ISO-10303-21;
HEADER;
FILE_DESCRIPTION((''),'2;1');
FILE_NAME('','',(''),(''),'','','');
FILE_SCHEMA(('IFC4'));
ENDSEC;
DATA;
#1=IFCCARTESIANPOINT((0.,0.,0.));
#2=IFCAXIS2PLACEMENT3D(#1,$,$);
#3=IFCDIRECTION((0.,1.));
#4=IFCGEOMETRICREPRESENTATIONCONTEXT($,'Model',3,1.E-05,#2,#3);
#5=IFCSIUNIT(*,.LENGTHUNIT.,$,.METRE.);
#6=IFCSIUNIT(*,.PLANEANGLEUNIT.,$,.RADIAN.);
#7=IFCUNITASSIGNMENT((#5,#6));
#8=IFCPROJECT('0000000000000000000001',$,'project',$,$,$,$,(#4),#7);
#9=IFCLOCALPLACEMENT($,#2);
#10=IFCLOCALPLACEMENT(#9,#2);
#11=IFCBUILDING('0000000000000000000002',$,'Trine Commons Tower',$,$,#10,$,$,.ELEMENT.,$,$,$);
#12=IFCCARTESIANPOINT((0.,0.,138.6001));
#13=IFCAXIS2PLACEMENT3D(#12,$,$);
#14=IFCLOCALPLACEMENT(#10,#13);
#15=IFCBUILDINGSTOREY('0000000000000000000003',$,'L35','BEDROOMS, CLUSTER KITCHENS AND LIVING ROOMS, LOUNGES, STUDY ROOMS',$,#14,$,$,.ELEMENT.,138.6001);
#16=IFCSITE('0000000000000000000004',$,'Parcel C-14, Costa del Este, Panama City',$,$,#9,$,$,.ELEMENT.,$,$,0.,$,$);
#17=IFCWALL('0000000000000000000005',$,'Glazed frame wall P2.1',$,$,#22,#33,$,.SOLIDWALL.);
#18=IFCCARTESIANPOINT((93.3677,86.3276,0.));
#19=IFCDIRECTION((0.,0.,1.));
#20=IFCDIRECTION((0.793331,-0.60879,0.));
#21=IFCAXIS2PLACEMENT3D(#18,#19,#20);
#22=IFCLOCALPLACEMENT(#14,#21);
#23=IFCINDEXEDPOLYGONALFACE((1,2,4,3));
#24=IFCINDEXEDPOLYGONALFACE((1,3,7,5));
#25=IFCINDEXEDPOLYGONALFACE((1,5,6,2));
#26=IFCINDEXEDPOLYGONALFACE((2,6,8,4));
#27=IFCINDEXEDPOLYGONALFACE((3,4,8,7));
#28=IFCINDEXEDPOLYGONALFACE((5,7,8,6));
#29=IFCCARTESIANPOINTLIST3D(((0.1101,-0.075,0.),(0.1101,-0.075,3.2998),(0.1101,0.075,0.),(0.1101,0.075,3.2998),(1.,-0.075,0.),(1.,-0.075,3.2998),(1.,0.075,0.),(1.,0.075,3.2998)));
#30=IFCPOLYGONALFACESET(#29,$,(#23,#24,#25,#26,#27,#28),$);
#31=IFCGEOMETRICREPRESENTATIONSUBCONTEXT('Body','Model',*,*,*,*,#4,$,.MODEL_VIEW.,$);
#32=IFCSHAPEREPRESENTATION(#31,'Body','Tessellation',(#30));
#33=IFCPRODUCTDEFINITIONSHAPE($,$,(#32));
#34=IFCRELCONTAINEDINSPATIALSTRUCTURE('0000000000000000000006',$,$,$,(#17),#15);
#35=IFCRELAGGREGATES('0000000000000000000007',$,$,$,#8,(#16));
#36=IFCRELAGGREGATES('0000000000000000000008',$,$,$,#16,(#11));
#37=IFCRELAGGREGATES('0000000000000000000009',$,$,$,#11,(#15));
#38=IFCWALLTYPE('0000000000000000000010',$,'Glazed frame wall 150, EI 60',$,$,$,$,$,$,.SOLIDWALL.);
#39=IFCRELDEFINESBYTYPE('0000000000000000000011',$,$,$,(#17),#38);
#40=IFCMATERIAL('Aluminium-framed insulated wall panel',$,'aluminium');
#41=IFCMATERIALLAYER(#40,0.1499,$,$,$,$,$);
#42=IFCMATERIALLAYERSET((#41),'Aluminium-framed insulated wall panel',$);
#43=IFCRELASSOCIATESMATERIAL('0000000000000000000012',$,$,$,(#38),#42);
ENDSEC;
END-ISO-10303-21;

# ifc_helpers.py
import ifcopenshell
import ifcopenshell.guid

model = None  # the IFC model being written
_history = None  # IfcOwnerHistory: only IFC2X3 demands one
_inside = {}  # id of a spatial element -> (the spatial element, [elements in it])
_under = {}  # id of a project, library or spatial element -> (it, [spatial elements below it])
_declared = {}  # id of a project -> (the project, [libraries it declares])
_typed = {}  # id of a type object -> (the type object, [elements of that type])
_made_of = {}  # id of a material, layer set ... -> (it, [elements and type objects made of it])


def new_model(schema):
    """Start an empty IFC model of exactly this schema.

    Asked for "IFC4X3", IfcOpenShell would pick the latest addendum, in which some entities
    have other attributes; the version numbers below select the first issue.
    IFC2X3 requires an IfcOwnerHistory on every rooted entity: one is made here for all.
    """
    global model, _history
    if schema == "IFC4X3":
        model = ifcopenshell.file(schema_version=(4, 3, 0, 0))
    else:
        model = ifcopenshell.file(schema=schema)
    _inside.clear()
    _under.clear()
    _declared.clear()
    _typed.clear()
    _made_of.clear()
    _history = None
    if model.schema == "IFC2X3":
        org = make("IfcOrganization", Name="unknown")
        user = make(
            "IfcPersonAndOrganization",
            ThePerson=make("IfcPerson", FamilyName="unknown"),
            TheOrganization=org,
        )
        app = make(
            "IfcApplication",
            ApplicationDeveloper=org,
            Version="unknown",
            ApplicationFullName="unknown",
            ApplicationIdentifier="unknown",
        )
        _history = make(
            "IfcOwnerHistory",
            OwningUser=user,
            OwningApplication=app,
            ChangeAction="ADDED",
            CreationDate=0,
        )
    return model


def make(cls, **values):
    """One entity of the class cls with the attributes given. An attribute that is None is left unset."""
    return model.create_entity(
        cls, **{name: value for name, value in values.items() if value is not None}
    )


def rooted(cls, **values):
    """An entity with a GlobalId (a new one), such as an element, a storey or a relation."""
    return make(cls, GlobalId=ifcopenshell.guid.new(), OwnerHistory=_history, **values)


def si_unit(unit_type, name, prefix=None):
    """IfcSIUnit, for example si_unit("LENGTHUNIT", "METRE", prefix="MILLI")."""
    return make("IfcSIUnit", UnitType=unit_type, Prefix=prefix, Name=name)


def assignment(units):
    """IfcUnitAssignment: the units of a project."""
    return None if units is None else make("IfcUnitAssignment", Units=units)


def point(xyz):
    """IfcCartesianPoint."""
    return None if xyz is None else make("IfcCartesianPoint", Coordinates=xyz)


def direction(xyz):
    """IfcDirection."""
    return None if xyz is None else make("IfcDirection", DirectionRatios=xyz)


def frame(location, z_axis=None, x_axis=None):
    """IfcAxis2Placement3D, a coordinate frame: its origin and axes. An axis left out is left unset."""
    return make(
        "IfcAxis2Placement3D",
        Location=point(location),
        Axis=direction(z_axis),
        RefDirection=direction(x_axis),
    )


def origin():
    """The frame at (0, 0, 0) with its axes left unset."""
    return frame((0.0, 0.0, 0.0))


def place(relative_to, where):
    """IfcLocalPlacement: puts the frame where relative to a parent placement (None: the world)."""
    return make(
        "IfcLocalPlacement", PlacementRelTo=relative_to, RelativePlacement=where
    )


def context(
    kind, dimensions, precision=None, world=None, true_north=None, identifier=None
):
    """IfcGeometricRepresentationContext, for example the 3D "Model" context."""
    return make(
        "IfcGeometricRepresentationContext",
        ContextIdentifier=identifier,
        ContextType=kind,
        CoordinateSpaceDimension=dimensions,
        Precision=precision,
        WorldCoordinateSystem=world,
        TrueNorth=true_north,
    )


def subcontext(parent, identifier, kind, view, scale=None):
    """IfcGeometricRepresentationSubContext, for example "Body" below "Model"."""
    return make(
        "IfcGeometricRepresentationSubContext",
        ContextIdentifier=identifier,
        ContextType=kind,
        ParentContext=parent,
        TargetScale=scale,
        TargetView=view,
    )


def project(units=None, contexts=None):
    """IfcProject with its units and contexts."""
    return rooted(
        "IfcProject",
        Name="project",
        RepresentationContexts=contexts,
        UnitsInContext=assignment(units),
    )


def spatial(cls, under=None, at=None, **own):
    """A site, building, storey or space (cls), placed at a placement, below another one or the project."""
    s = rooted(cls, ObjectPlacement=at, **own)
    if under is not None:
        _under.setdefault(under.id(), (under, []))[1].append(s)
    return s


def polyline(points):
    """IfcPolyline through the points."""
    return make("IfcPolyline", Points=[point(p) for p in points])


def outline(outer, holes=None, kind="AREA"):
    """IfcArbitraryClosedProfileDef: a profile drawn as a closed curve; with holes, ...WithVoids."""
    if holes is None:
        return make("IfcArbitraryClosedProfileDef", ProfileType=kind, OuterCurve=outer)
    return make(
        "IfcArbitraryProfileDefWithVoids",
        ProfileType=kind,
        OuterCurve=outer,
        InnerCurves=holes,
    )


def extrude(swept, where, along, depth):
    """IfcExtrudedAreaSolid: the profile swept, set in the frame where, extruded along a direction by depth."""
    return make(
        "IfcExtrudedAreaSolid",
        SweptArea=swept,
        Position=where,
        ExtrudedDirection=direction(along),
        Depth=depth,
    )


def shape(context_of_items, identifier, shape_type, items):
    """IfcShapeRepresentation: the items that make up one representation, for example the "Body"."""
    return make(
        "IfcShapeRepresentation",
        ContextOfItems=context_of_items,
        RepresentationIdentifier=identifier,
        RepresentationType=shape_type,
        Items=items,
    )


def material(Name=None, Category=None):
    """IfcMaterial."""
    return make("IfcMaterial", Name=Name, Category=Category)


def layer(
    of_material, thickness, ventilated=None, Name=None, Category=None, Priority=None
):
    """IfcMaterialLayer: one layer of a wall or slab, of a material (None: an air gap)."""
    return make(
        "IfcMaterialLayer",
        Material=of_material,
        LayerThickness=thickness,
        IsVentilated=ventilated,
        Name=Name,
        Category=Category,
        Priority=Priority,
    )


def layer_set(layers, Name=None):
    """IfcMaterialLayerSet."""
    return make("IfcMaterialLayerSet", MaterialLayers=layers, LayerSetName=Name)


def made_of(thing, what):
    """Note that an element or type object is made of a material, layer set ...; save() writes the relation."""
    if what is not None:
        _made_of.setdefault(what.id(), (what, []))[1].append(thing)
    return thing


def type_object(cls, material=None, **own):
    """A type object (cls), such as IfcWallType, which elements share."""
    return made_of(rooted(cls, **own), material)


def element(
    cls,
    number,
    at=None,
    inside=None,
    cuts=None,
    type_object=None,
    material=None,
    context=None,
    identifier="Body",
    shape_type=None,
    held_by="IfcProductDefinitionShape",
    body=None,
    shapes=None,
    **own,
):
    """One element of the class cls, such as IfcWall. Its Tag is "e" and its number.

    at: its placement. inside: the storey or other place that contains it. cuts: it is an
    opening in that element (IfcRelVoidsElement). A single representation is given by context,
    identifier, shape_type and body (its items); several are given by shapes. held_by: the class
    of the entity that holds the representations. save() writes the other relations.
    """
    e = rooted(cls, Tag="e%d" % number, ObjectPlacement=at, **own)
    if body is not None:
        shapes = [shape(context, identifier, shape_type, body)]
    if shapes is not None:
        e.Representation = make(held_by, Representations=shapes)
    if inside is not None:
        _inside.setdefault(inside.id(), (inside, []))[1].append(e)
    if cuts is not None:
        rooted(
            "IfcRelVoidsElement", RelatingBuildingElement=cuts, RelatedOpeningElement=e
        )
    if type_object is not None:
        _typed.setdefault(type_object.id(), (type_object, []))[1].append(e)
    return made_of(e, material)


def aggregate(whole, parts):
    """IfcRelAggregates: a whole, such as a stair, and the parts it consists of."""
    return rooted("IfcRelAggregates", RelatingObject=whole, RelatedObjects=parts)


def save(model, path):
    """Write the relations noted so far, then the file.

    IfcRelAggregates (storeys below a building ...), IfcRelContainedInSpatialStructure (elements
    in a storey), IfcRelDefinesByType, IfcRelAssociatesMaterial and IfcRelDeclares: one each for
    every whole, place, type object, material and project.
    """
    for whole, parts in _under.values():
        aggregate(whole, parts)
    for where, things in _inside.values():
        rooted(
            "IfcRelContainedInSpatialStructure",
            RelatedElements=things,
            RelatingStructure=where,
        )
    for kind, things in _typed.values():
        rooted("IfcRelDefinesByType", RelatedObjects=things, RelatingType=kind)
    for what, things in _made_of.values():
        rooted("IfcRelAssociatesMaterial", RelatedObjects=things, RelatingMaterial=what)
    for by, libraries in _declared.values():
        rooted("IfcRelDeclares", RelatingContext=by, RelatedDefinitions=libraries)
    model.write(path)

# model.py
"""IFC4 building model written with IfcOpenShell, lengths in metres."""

from ifc_helpers import new_model, si_unit, direction, frame, origin, place, context, subcontext, project, spatial, polyline, outline, extrude, material, layer, layer_set, type_object, element, save


model = new_model("IFC4")

# Units and contexts
model_context = context("Model", 3, precision=1e-05, world=origin(), true_north=direction((0.0, 1.0)))
body_context = subcontext(model_context, "Body", "Model", "MODEL_VIEW")
ifc_project = project(units=[si_unit("LENGTHUNIT", "METRE"), si_unit("PLANEANGLEUNIT", "RADIAN")], contexts=[model_context])

# Site, building, storey
site_placement = place(None, origin())
site = spatial("IfcSite", under=ifc_project, at=site_placement, Name="Parcel C-14, Costa del Este, Panama City", CompositionType="ELEMENT", RefElevation=0.0)
building_placement = place(site_placement, origin())
building = spatial("IfcBuilding", under=site, at=building_placement, Name="Trine Commons Tower", CompositionType="ELEMENT")
storey_placement = place(building_placement, frame((0.0, 0.0, 138.6001)))
storey = spatial("IfcBuildingStorey", under=building, at=storey_placement, Name="L35", Description="BEDROOMS, CLUSTER KITCHENS AND LIVING ROOMS, LOUNGES, STUDY ROOMS", CompositionType="ELEMENT", Elevation=138.6001)

# Wall
ifc_material_1 = material(Name="Aluminium-framed insulated wall panel", Category="aluminium")
ifc_layer_1 = layer(ifc_material_1, 0.1499)
ifc_layer_set_1 = layer_set([ifc_layer_1], Name="Aluminium-framed insulated wall panel")
wall_type_1 = type_object("IfcWallType", Name="Glazed frame wall 150, EI 60", PredefinedType="SOLIDWALL", material=ifc_layer_set_1)
wall_1_placement = place(storey_placement, frame((93.3677, 86.3276, 0.0), z_axis=(0.0, 0.0, 1.0), x_axis=(0.793331, -0.60879, 0.0)))
element("IfcWall", 1, at=wall_1_placement, inside=storey, type_object=wall_type_1, Name="Glazed frame wall P2.1", PredefinedType="SOLIDWALL", context=body_context, shape_type="SweptSolid", body=[
    extrude(outline(polyline([(0.1101, -0.075), (1.0, -0.075), (1.0, 0.075), (0.1101, 0.075), (0.1101, -0.075)])), origin(), (0.0, 0.0, 1.0), 3.2998),
])

save(model, "model.ifc")
